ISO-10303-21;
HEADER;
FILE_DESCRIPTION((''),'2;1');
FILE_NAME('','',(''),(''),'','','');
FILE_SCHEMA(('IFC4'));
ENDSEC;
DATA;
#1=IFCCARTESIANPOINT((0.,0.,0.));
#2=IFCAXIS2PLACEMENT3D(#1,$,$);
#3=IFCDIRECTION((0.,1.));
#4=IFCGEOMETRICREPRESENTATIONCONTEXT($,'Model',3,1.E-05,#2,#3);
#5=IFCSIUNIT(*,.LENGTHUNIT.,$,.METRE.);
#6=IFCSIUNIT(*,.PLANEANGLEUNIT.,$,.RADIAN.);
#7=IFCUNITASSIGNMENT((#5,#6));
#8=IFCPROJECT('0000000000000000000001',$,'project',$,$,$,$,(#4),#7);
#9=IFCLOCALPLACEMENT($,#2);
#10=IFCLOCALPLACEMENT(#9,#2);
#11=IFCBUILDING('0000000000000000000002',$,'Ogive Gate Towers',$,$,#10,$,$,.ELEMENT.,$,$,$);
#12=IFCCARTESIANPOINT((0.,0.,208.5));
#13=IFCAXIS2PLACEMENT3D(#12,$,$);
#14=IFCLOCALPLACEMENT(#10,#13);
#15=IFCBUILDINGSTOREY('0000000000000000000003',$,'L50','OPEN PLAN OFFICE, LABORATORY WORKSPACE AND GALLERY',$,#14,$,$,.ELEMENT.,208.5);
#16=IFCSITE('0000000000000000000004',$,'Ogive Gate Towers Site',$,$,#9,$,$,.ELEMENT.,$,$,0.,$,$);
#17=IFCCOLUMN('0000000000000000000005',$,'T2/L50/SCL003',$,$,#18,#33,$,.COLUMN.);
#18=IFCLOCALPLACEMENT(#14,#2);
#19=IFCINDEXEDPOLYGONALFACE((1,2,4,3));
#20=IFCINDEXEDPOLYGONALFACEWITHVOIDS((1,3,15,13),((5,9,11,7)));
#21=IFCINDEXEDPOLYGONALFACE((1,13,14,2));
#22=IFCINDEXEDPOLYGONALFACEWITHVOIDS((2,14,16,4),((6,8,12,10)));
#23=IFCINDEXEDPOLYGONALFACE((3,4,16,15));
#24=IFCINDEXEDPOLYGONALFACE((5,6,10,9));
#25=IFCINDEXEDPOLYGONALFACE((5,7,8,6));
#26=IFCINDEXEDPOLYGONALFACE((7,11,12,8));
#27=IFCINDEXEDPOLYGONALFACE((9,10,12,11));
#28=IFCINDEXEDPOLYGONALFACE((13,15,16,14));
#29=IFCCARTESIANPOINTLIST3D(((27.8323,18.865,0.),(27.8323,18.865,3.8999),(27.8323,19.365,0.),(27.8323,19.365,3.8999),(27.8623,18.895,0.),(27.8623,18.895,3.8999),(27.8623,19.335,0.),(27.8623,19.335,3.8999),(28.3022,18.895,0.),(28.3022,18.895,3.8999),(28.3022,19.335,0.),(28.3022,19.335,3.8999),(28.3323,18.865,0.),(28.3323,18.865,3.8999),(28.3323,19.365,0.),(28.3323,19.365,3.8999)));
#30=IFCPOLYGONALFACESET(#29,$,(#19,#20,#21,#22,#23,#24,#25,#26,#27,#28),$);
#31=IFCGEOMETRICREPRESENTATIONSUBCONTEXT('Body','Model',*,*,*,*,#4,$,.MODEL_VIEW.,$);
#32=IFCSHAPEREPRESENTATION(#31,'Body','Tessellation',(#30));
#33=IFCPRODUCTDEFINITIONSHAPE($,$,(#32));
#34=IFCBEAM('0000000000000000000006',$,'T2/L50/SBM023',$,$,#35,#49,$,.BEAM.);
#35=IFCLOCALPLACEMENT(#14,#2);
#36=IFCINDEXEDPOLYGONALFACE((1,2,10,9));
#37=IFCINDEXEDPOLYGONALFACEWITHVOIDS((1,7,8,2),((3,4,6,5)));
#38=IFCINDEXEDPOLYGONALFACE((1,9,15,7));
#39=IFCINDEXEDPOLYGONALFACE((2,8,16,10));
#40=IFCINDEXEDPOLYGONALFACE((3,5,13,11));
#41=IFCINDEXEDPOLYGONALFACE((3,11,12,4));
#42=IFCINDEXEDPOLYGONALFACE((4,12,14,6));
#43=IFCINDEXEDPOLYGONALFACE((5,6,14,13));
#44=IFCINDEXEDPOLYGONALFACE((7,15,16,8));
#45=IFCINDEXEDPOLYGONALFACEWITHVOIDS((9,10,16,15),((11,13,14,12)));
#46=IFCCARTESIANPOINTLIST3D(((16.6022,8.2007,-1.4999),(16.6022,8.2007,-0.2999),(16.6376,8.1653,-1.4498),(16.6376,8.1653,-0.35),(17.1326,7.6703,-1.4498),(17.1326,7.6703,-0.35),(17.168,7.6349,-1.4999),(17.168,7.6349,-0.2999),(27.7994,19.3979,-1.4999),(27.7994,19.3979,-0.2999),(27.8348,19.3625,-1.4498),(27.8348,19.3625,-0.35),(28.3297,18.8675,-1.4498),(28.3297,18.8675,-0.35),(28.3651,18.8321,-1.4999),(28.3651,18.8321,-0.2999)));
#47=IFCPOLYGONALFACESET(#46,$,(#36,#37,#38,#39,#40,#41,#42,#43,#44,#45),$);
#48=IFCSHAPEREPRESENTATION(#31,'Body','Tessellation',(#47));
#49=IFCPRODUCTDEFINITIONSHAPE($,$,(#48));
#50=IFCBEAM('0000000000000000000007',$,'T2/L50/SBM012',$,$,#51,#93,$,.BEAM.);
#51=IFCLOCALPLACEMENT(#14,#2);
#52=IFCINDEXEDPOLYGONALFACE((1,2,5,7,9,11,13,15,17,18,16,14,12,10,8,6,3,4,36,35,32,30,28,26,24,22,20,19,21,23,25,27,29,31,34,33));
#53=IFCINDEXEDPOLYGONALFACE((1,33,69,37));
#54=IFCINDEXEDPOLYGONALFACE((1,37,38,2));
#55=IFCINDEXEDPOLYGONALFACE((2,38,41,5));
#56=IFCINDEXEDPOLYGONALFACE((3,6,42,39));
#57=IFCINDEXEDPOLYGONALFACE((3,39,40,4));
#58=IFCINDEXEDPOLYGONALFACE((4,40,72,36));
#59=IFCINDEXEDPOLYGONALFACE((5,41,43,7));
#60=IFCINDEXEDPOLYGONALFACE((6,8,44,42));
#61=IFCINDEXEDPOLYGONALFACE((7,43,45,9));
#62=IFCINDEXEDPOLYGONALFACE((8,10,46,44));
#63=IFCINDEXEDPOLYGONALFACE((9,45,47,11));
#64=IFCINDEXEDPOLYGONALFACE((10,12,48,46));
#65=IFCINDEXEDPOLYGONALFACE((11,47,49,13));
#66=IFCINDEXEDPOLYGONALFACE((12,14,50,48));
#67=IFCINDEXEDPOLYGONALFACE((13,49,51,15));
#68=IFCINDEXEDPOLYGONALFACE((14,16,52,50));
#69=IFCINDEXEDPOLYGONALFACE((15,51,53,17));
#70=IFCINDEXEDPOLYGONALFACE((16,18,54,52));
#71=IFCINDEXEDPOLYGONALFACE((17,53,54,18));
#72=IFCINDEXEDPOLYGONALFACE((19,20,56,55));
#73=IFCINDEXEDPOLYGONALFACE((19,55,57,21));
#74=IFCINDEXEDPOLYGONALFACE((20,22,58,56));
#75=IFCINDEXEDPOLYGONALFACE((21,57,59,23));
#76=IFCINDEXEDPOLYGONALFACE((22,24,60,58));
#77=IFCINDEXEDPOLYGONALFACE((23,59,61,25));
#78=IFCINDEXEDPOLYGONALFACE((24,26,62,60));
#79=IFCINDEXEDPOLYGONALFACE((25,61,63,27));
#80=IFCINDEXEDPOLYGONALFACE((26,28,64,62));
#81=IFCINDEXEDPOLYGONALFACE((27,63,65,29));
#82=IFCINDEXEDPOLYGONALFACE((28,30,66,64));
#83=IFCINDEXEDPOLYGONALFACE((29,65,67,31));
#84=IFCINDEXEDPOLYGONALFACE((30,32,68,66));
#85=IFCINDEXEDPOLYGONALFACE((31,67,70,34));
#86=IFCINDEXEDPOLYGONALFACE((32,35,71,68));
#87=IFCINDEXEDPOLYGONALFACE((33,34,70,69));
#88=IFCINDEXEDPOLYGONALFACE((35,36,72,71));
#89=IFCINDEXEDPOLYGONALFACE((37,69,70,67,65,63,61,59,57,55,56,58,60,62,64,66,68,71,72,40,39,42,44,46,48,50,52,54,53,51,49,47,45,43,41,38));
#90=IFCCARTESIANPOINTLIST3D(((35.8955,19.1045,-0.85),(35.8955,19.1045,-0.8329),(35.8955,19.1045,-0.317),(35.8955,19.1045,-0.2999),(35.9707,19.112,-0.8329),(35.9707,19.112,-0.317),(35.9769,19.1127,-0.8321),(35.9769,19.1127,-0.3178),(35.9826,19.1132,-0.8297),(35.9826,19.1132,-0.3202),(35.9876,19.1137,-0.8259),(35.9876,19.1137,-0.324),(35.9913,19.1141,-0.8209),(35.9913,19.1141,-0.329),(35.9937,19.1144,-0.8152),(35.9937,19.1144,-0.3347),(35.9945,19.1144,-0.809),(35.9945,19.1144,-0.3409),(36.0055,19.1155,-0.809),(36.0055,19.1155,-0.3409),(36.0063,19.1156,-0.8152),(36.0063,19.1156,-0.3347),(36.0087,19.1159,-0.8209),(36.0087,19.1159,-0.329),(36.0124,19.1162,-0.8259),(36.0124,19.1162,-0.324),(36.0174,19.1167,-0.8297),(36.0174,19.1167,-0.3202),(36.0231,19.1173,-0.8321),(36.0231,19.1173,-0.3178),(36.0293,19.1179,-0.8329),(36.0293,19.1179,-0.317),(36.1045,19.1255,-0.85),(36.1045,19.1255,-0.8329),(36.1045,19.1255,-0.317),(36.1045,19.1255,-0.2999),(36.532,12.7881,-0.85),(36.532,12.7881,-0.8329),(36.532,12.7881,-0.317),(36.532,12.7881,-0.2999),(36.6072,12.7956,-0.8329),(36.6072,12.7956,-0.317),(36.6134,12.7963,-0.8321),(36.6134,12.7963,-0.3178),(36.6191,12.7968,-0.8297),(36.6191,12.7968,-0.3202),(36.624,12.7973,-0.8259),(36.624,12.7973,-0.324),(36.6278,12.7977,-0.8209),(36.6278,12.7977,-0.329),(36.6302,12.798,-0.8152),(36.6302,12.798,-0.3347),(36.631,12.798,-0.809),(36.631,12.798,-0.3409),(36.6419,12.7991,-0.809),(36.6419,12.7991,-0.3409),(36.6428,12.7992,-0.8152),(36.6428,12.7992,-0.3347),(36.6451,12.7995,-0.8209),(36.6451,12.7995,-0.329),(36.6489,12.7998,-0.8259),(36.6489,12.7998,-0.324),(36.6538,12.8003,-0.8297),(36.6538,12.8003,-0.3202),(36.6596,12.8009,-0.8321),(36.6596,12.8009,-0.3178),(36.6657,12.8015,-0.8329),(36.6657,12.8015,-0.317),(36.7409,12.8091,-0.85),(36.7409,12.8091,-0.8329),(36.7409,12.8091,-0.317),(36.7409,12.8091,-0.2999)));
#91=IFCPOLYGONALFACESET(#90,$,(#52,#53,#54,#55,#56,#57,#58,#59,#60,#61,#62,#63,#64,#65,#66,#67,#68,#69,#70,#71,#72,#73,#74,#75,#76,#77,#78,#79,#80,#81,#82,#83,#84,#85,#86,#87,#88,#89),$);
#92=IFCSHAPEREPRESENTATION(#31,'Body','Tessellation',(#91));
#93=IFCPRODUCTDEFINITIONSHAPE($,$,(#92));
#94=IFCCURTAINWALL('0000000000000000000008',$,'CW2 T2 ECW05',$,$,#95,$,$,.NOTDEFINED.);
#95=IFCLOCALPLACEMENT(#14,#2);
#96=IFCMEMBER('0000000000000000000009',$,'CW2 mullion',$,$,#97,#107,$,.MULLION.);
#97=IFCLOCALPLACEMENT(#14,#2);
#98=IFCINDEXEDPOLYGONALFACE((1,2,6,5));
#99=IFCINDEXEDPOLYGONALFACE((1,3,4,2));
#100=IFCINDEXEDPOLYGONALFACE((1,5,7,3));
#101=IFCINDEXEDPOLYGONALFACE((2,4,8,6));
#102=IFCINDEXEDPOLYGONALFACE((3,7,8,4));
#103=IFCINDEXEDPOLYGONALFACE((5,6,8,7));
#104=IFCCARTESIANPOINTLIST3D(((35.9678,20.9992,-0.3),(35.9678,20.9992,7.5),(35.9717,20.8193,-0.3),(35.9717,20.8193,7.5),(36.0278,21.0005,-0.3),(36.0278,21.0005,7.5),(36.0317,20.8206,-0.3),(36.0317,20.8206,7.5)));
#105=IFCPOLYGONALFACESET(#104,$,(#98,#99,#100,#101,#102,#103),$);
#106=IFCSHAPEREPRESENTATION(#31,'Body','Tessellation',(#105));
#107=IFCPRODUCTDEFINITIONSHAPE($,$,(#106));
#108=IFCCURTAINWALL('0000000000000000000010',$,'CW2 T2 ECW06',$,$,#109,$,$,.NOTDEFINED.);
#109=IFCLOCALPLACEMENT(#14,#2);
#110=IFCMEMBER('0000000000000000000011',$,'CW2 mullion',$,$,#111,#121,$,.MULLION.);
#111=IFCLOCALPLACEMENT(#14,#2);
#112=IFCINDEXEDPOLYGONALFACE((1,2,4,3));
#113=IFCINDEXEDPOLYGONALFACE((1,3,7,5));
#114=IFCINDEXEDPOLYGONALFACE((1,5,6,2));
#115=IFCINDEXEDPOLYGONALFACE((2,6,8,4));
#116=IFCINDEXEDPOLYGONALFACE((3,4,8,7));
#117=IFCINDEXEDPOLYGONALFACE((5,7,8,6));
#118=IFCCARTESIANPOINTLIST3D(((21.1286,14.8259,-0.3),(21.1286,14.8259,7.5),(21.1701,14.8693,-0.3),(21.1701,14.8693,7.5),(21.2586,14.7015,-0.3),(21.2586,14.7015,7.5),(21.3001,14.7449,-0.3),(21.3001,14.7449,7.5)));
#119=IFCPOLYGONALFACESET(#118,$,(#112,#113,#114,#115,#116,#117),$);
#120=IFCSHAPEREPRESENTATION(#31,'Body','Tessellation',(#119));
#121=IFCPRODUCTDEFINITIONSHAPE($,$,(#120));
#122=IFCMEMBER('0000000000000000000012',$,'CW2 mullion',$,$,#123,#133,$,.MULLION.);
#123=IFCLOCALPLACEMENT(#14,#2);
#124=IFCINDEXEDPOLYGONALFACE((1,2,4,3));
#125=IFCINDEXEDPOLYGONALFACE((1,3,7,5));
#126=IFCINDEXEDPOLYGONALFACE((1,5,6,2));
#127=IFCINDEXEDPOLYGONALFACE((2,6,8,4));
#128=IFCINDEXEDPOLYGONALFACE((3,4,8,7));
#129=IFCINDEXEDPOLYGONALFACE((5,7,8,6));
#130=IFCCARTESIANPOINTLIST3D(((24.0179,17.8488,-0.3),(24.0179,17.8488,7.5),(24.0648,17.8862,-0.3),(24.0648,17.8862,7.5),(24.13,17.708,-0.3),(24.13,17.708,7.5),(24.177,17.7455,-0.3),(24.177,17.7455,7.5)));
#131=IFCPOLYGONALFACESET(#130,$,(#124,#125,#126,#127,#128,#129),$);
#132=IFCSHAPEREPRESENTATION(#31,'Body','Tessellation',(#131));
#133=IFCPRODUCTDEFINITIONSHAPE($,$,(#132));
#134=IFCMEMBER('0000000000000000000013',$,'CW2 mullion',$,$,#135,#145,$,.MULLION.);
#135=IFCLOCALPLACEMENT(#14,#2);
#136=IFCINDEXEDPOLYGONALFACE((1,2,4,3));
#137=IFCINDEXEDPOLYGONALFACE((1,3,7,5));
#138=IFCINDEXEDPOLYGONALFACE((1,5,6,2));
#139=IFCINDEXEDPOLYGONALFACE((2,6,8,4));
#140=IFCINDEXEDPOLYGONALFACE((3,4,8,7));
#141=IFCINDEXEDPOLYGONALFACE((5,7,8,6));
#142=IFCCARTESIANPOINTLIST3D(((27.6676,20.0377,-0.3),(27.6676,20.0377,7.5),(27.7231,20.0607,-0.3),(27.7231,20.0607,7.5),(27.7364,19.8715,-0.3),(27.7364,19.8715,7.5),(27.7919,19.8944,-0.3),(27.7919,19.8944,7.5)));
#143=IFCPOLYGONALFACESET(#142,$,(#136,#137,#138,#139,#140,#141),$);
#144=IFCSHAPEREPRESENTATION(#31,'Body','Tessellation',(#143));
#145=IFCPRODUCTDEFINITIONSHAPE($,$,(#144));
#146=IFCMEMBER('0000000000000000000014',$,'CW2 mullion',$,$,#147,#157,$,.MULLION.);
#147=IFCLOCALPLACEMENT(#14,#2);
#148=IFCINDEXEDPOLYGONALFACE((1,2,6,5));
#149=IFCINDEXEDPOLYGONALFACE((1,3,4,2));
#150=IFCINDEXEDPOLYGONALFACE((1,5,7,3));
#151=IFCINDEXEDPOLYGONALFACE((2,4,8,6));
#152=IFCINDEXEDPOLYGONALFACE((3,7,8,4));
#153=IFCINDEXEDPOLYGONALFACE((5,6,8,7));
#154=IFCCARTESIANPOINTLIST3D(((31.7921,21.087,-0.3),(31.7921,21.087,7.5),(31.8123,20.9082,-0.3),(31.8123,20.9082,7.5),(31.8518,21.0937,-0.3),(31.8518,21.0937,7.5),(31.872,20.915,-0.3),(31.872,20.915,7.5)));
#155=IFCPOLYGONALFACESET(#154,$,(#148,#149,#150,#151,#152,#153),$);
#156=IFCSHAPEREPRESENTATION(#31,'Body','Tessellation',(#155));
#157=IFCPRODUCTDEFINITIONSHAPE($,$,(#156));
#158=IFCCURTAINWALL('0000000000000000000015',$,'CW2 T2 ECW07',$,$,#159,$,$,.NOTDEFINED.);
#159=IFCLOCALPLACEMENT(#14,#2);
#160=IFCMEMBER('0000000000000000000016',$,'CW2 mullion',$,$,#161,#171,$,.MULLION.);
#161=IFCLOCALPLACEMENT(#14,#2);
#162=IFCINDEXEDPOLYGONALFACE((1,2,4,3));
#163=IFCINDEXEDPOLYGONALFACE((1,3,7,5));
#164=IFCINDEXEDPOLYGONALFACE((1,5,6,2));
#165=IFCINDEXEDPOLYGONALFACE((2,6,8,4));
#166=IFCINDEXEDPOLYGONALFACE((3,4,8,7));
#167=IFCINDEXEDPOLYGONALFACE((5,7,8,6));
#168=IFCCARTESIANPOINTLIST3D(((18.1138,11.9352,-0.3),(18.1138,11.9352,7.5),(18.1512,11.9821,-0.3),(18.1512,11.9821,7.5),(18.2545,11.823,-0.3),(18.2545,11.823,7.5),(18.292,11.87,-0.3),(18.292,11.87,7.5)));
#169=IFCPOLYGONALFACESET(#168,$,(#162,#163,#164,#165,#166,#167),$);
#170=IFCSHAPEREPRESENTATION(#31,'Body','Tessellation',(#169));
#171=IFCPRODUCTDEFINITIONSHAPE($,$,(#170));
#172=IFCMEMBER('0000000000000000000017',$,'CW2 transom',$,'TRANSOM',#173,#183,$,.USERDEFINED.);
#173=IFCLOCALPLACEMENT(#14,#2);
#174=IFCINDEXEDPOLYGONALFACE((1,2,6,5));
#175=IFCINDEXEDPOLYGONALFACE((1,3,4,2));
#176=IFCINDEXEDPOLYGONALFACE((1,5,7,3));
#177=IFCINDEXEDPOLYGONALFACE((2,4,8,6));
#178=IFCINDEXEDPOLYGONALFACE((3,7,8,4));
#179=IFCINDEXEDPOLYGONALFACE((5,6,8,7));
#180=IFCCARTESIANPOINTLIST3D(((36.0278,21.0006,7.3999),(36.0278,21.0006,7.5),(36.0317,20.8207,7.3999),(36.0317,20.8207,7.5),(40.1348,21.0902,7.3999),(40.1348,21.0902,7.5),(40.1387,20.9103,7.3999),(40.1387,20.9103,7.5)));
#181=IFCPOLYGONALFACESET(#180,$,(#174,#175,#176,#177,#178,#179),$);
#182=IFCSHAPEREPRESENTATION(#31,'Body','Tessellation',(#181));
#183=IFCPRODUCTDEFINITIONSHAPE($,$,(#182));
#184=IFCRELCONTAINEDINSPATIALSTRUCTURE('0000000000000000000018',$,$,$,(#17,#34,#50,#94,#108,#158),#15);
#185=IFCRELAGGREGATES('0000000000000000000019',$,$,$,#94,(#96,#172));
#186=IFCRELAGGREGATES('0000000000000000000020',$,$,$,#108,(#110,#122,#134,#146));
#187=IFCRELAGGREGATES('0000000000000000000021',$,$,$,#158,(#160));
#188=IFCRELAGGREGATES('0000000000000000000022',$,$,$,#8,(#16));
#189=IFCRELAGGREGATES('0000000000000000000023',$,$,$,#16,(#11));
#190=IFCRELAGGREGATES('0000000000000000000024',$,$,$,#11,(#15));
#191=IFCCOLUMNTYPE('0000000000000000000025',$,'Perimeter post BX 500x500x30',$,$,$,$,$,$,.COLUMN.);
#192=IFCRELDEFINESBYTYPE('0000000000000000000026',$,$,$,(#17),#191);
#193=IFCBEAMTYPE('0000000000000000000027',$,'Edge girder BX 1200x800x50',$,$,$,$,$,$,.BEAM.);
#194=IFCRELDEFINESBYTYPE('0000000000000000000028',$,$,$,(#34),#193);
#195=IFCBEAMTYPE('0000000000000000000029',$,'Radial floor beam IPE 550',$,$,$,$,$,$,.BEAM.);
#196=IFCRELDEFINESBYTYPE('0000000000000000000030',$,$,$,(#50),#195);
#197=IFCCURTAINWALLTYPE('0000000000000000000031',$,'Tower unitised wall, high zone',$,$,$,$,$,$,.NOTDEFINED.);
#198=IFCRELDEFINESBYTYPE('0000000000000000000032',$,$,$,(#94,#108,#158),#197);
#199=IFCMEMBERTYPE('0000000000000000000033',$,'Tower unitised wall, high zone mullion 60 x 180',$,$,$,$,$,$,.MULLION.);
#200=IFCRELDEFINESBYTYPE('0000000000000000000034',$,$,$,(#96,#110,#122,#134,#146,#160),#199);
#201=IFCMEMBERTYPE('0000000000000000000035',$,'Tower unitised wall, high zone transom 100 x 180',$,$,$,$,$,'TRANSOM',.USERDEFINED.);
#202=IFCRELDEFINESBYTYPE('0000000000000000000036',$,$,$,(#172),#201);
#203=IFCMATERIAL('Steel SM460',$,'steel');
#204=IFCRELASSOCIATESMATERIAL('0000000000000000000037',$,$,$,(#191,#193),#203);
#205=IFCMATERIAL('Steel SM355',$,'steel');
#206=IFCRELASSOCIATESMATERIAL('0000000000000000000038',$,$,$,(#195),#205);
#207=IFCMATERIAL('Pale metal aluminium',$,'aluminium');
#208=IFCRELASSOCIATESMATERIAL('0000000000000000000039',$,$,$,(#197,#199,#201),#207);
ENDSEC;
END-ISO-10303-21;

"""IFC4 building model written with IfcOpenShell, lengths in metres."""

from ifc_helpers import new_model, si_unit, direction, frame, origin, origin_2d, place, context, subcontext, project, spatial, rectangle, hollow_rectangle, i_section, extrude, material, material_profile, profile_set, type_object, element, aggregate, save


model = new_model("IFC4")

# Units and contexts
model_context = context("Model", 3, precision=1e-05, world=origin(), true_north=direction((0.0, 1.0)))
body_context = subcontext(model_context, "Body", "Model", "MODEL_VIEW")
ifc_project = project(units=[si_unit("LENGTHUNIT", "METRE"), si_unit("PLANEANGLEUNIT", "RADIAN")], contexts=[model_context])

# Site, building, storey
site_placement = place(None, origin())
site = spatial("IfcSite", under=ifc_project, at=site_placement, Name="Ogive Gate Towers Site", CompositionType="ELEMENT", RefElevation=0.0)
building_placement = place(site_placement, origin())
building = spatial("IfcBuilding", under=site, at=building_placement, Name="Ogive Gate Towers", CompositionType="ELEMENT")
storey_placement = place(building_placement, frame((0.0, 0.0, 208.5)))
storey = spatial("IfcBuildingStorey", under=building, at=storey_placement, Name="L50", Description="OPEN PLAN OFFICE, LABORATORY WORKSPACE AND GALLERY", CompositionType="ELEMENT", Elevation=208.5)

# Column
ifc_material_1 = material(Name="Steel SM460", Category="steel")
ifc_material_profile_1 = material_profile(ifc_material_1, hollow_rectangle(XDim=0.5, YDim=0.5, WallThickness=0.03, at=origin_2d()), Name="BX 500x500x30")
ifc_profile_set_1 = profile_set([ifc_material_profile_1], Name="Steel SM460")
column_type = type_object("IfcColumnType", Name="Perimeter post BX 500x500x30", PredefinedType="COLUMN", material=ifc_profile_set_1)
column_placement = place(storey_placement, frame((28.0823, 19.115, 0.0), z_axis=(0.0, 0.0, 1.0), x_axis=(1.0, 0.0, 0.0)))
element("IfcColumn", 1, at=column_placement, inside=storey, type_object=column_type, Name="T2/L50/SCL003", PredefinedType="COLUMN", context=body_context, shape_type="SweptSolid", body=[
    extrude(hollow_rectangle(XDim=0.5, YDim=0.5, WallThickness=0.03, at=origin_2d()), origin(), (0.0, 0.0, 1.0), 3.8999),
])

# Beams
ifc_material_profile_2 = material_profile(ifc_material_1, hollow_rectangle(XDim=0.8, YDim=1.2, WallThickness=0.05, at=origin_2d()), Name="BX 1200x800x50")
ifc_profile_set_2 = profile_set([ifc_material_profile_2], Name="Steel SM460")
beam_type_1 = type_object("IfcBeamType", Name="Edge girder BX 1200x800x50", PredefinedType="BEAM", material=ifc_profile_set_2)
beam_1_placement = place(storey_placement, frame((28.0823, 19.115, -0.8999), z_axis=(-0.707107, -0.707107, 0.0), x_axis=(0.707107, -0.707107, 0.0)))
element("IfcBeam", 2, at=beam_1_placement, inside=storey, type_object=beam_type_1, Name="T2/L50/SBM023", PredefinedType="BEAM", context=body_context, shape_type="SweptSolid", body=[
    extrude(hollow_rectangle(XDim=0.8, YDim=1.2, WallThickness=0.05, at=origin_2d()), origin(), (0.0, 0.0, 1.0), 15.8352),
])
ifc_material_2 = material(Name="Steel SM355", Category="steel")
ifc_material_profile_3 = material_profile(ifc_material_2, i_section(OverallWidth=0.21, OverallDepth=0.55, WebThickness=0.011, FlangeThickness=0.0171, FilletRadius=0.0239, at=origin_2d()), Name="IPE 550")
ifc_profile_set_3 = profile_set([ifc_material_profile_3], Name="Steel SM355")
beam_type_2 = type_object("IfcBeamType", Name="Radial floor beam IPE 550", PredefinedType="BEAM", material=ifc_profile_set_3)
beam_2_placement = place(storey_placement, frame((36.6365, 12.7986, -0.575), z_axis=(-0.100258, 0.994962, 0.0), x_axis=(-0.994962, -0.100258, 0.0)))
element("IfcBeam", 3, at=beam_2_placement, inside=storey, type_object=beam_type_2, Name="T2/L50/SBM012", PredefinedType="BEAM", context=body_context, shape_type="SweptSolid", body=[
    extrude(i_section(OverallWidth=0.21, OverallDepth=0.55, WebThickness=0.011, FlangeThickness=0.0171, FilletRadius=0.0239, at=origin_2d()), origin(), (0.0, 0.0, 1.0), 6.3484),
])

# Curtain wall, member
ifc_material_3 = material(Name="Pale metal aluminium", Category="aluminium")
curtain_wall_type = type_object("IfcCurtainWallType", Name="Tower unitised wall, high zone", PredefinedType="NOTDEFINED", material=ifc_material_3)
curtain_wall_1_placement = place(storey_placement, origin())
curtain_wall_1 = element("IfcCurtainWall", 4, at=curtain_wall_1_placement, inside=storey, type_object=curtain_wall_type, Name="CW2 T2 ECW05", PredefinedType="NOTDEFINED")
ifc_material_profile_4 = material_profile(ifc_material_3, rectangle(XDim=0.1799, YDim=0.0601, at=origin_2d()), Name="60 x 180 aluminium box")
ifc_profile_set_4 = profile_set([ifc_material_profile_4], Name="Pale metal aluminium")
member_type_1 = type_object("IfcMemberType", Name="Tower unitised wall, high zone mullion 60 x 180", PredefinedType="MULLION", material=ifc_profile_set_4)
member_1_placement = place(storey_placement, frame((35.9998, 20.9099, -0.3), z_axis=(0.0, 0.0, 1.0), x_axis=(0.021832, -0.999762, 0.0)))
member_1 = element("IfcMember", 5, at=member_1_placement, type_object=member_type_1, Name="CW2 mullion", PredefinedType="MULLION", context=body_context, shape_type="SweptSolid", body=[
    extrude(rectangle(XDim=0.1799, YDim=0.0601, at=origin_2d()), origin(), (0.0, 0.0, 1.0), 7.8),
])

# Curtain wall, members
curtain_wall_2_placement = place(storey_placement, origin())
curtain_wall_2 = element("IfcCurtainWall", 6, at=curtain_wall_2_placement, inside=storey, type_object=curtain_wall_type, Name="CW2 T2 ECW06", PredefinedType="NOTDEFINED")
member_2_placement = place(storey_placement, frame((21.2144, 14.7854, -0.3), z_axis=(0.0, 0.0, 1.0), x_axis=(0.722376, -0.6915, 0.0)))
member_2 = element("IfcMember", 7, at=member_2_placement, type_object=member_type_1, Name="CW2 mullion", PredefinedType="MULLION", context=body_context, shape_type="SweptSolid", body=[
    extrude(rectangle(XDim=0.1799, YDim=0.0601, at=origin_2d()), origin(), (0.0, 0.0, 1.0), 7.8),
])
member_3_placement = place(storey_placement, frame((24.0974, 17.7971, -0.3), z_axis=(0.0, 0.0, 1.0), x_axis=(0.623156, -0.782097, 0.0)))
member_3 = element("IfcMember", 8, at=member_3_placement, type_object=member_type_1, Name="CW2 mullion", PredefinedType="MULLION", context=body_context, shape_type="SweptSolid", body=[
    extrude(rectangle(XDim=0.1799, YDim=0.0601, at=origin_2d()), origin(), (0.0, 0.0, 1.0), 7.8),
])
member_4_placement = place(storey_placement, frame((27.7297, 19.9661, -0.3), z_axis=(0.0, 0.0, 1.0), x_axis=(0.382683, -0.92388, 0.0)))
member_4 = element("IfcMember", 9, at=member_4_placement, type_object=member_type_1, Name="CW2 mullion", PredefinedType="MULLION", context=body_context, shape_type="SweptSolid", body=[
    extrude(rectangle(XDim=0.1799, YDim=0.0601, at=origin_2d()), origin(), (0.0, 0.0, 1.0), 7.8),
])
member_5_placement = place(storey_placement, frame((31.832, 21.001, -0.3), z_axis=(0.0, 0.0, 1.0), x_axis=(0.112405, -0.993662, 0.0)))
member_5 = element("IfcMember", 10, at=member_5_placement, type_object=member_type_1, Name="CW2 mullion", PredefinedType="MULLION", context=body_context, shape_type="SweptSolid", body=[
    extrude(rectangle(XDim=0.1799, YDim=0.0601, at=origin_2d()), origin(), (0.0, 0.0, 1.0), 7.8),
])

# Curtain wall, member
curtain_wall_3_placement = place(storey_placement, origin())
curtain_wall_3 = element("IfcCurtainWall", 11, at=curtain_wall_3_placement, inside=storey, type_object=curtain_wall_type, Name="CW2 T2 ECW07", PredefinedType="NOTDEFINED")
member_6_placement = place(storey_placement, frame((18.2029, 11.9026, -0.3), z_axis=(0.0, 0.0, 1.0), x_axis=(0.782097, -0.623156, 0.0)))
member_6 = element("IfcMember", 12, at=member_6_placement, type_object=member_type_1, Name="CW2 mullion", PredefinedType="MULLION", context=body_context, shape_type="SweptSolid", body=[
    extrude(rectangle(XDim=0.1799, YDim=0.0601, at=origin_2d()), origin(), (0.0, 0.0, 1.0), 7.8),
])

# Member
ifc_material_profile_5 = material_profile(ifc_material_3, rectangle(XDim=0.1799, YDim=0.1001, at=origin_2d()), Name="100 x 180 aluminium box")
ifc_profile_set_5 = profile_set([ifc_material_profile_5], Name="Pale metal aluminium")
member_type_2 = type_object("IfcMemberType", Name="Tower unitised wall, high zone transom 100 x 180", ElementType="TRANSOM", PredefinedType="USERDEFINED", material=ifc_profile_set_5)
member_7_placement = place(storey_placement, frame((36.0298, 20.9106, 7.45), z_axis=(0.999762, 0.021811, 0.0), x_axis=(-0.021811, 0.999762, 0.0)))
member_7 = element("IfcMember", 13, at=member_7_placement, type_object=member_type_2, Name="CW2 transom", ObjectType="TRANSOM", PredefinedType="USERDEFINED", context=body_context, shape_type="SweptSolid", body=[
    extrude(rectangle(XDim=0.1799, YDim=0.1001, at=origin_2d()), origin(), (0.0, 0.0, 1.0), 4.1079),
])

aggregate(curtain_wall_1, [member_1, member_7])
aggregate(curtain_wall_2, [member_2, member_3, member_4, member_5])
aggregate(curtain_wall_3, [member_6])

save(model, "model.ifc")
